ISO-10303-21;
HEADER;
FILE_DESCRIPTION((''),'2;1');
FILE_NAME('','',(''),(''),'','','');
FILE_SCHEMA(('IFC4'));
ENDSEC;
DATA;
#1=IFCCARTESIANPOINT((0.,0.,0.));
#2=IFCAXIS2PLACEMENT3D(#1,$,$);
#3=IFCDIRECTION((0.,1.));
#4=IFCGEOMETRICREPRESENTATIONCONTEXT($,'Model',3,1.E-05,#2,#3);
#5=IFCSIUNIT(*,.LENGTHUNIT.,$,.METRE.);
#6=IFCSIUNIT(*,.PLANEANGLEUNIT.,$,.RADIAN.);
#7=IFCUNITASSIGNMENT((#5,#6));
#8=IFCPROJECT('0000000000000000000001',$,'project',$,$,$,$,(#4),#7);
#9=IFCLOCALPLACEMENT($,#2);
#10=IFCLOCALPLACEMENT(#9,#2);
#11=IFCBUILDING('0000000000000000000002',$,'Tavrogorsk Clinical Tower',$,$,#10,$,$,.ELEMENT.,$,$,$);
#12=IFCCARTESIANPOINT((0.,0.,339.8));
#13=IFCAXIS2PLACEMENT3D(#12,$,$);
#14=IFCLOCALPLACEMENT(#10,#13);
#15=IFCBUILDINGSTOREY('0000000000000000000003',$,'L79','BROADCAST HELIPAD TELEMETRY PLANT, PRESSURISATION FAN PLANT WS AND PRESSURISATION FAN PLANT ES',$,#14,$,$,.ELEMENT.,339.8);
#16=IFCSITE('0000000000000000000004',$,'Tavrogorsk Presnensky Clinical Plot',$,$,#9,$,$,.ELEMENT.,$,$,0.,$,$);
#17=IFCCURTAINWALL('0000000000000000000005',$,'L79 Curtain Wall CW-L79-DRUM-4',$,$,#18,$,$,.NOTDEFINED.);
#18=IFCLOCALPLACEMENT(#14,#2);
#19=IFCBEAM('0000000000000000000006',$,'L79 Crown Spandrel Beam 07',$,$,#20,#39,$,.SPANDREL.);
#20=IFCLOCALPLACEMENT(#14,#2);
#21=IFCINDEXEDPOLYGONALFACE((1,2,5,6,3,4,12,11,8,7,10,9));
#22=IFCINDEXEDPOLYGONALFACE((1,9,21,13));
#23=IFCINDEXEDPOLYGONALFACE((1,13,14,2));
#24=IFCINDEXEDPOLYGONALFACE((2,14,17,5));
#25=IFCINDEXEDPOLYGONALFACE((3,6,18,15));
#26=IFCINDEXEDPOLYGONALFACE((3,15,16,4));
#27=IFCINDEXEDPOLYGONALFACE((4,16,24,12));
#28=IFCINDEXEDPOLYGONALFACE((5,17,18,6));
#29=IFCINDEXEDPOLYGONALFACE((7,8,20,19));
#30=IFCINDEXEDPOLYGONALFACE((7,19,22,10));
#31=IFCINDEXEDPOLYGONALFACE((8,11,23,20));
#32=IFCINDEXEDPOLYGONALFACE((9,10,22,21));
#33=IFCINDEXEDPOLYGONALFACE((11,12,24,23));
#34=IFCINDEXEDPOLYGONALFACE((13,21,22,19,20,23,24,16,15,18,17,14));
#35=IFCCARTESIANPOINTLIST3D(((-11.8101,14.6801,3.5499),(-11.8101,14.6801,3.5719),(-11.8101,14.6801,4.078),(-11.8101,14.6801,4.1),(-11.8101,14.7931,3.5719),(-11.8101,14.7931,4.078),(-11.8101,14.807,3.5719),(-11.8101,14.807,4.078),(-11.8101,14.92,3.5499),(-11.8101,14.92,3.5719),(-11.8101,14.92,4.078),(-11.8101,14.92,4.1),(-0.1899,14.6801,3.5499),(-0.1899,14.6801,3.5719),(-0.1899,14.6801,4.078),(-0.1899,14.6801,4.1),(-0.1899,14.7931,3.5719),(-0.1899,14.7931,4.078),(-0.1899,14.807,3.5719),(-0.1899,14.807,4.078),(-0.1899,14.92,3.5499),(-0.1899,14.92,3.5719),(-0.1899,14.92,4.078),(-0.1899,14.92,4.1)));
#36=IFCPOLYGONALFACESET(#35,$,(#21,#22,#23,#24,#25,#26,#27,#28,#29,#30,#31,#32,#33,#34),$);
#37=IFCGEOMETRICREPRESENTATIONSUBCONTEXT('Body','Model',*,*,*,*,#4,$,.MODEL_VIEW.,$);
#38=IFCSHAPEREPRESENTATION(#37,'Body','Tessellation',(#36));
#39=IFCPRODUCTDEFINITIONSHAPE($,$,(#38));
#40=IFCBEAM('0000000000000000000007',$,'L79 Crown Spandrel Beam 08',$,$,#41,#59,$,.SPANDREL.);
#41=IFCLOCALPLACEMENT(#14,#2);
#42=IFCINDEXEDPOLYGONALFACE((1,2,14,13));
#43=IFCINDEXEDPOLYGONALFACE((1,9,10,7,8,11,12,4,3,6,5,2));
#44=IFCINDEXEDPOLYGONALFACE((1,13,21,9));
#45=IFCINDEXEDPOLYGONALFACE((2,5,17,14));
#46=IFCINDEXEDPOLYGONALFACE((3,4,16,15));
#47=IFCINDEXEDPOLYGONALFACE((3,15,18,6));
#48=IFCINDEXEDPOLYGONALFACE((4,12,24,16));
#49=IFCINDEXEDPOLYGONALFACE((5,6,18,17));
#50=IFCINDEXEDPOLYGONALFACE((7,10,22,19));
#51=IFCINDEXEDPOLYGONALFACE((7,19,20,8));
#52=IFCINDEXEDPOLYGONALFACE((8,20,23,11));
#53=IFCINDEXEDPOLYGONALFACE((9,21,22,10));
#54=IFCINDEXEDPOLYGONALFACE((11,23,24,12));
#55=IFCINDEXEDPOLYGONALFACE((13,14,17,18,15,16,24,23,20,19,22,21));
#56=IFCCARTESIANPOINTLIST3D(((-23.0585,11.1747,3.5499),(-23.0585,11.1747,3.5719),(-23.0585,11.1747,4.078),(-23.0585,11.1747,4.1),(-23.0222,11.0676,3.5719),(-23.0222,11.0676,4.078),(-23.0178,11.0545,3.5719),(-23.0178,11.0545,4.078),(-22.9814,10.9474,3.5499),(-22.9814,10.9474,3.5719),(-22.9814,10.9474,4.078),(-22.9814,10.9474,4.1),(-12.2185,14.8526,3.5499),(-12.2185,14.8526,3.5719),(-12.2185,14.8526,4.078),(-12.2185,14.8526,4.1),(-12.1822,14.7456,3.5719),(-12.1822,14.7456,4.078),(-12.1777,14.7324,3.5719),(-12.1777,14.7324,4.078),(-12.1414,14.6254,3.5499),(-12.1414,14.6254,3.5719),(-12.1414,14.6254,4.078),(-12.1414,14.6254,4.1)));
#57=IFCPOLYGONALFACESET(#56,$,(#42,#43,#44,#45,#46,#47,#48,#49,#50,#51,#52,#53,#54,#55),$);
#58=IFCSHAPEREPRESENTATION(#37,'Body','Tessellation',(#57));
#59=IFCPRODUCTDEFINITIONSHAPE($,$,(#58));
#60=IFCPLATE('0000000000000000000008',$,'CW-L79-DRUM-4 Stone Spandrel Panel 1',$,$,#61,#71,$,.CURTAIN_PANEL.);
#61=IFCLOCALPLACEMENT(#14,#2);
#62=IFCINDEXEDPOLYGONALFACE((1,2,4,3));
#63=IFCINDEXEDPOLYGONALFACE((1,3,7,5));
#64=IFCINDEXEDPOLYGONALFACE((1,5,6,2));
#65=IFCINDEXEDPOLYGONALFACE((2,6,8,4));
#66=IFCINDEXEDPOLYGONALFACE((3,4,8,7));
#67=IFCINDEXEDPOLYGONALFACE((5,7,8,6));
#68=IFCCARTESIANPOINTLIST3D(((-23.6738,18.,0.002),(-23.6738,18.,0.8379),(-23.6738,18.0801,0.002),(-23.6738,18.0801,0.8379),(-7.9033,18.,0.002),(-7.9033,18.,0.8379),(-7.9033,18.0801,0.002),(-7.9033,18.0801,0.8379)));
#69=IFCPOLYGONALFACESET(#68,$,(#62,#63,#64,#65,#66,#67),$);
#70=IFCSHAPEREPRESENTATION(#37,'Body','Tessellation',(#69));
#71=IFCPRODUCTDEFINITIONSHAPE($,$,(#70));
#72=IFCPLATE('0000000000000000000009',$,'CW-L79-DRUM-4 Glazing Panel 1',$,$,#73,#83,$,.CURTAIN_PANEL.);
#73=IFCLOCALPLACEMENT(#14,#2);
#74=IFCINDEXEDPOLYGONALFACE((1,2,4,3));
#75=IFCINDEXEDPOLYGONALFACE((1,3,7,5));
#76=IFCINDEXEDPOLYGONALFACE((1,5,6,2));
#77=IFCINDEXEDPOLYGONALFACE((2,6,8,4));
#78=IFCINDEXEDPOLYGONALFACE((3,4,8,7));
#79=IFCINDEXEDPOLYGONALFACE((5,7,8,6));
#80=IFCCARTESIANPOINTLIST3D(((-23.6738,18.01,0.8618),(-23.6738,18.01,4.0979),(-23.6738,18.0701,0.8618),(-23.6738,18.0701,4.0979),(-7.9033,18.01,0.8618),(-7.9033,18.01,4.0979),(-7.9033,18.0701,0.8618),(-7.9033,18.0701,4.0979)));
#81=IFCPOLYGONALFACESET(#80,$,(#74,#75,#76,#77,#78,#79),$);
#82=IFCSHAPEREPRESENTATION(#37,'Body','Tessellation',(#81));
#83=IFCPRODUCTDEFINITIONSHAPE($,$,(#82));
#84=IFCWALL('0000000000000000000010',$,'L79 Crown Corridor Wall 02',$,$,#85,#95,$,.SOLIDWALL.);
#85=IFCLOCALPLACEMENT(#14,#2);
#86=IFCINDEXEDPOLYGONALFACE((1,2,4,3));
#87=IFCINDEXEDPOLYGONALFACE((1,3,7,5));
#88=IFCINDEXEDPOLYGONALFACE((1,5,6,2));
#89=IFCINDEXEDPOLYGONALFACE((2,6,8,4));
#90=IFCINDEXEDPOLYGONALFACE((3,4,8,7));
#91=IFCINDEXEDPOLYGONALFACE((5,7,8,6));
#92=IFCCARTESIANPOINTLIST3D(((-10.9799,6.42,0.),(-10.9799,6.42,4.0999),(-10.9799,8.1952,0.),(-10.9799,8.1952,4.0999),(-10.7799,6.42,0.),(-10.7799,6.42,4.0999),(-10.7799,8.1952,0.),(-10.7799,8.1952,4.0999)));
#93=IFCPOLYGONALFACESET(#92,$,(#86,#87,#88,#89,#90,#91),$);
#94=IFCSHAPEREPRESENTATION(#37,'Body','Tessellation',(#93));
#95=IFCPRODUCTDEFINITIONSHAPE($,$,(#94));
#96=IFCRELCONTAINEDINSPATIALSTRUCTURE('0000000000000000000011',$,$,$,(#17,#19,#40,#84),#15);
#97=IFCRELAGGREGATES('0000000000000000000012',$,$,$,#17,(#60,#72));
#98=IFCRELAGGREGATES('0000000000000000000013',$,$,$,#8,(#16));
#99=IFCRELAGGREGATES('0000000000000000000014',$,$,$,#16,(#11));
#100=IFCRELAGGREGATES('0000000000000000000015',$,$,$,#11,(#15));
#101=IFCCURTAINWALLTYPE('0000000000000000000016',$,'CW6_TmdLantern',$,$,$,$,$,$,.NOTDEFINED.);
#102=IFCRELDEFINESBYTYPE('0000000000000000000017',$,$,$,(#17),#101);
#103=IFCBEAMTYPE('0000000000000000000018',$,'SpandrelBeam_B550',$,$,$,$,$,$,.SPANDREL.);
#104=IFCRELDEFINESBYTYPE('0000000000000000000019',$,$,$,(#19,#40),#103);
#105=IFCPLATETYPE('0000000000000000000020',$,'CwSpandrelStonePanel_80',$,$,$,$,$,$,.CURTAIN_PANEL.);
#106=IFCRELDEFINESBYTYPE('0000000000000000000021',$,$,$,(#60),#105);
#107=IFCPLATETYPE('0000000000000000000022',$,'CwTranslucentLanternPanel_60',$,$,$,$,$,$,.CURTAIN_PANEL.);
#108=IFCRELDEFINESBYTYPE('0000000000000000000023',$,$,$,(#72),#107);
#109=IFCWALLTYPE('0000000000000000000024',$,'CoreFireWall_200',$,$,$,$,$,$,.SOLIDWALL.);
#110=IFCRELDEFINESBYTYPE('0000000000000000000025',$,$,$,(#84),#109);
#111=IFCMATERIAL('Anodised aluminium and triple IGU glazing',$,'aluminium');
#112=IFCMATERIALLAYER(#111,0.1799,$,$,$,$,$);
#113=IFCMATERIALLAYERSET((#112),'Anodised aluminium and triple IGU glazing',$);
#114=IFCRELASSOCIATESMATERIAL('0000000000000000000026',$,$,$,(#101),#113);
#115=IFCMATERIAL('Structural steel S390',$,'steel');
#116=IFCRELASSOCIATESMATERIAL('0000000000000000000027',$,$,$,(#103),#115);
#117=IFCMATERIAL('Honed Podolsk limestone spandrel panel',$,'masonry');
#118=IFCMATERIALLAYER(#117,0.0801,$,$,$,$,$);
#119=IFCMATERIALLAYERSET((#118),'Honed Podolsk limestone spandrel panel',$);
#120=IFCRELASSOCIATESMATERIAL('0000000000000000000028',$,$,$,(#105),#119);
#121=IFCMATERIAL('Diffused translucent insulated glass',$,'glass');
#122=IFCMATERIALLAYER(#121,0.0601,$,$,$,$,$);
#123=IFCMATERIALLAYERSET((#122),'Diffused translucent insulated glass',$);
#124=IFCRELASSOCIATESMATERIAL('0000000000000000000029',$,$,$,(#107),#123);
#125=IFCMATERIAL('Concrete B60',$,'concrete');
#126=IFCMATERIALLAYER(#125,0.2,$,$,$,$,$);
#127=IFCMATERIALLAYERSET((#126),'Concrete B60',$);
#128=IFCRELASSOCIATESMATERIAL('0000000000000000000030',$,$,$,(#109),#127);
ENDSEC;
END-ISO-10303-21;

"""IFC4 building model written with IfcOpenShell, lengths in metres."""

from ifc_helpers import new_model, si_unit, direction, frame, frame_2d, origin, origin_2d, place, context, subcontext, project, spatial, rectangle, i_section, extrude, material, layer, layer_set, material_profile, profile_set, type_object, element, aggregate, save


model = new_model("IFC4")

# Units and contexts
model_context = context("Model", 3, precision=1e-05, world=origin(), true_north=direction((0.0, 1.0)))
body_context = subcontext(model_context, "Body", "Model", "MODEL_VIEW")
ifc_project = project(units=[si_unit("LENGTHUNIT", "METRE"), si_unit("PLANEANGLEUNIT", "RADIAN")], contexts=[model_context])

# Site, building, storey
site_placement = place(None, origin())
site = spatial("IfcSite", under=ifc_project, at=site_placement, Name="Tavrogorsk Presnensky Clinical Plot", CompositionType="ELEMENT", RefElevation=0.0)
building_placement = place(site_placement, origin())
building = spatial("IfcBuilding", under=site, at=building_placement, Name="Tavrogorsk Clinical Tower", CompositionType="ELEMENT")
storey_placement = place(building_placement, frame((0.0, 0.0, 339.8)))
storey = spatial("IfcBuildingStorey", under=building, at=storey_placement, Name="L79", Description="BROADCAST HELIPAD TELEMETRY PLANT, PRESSURISATION FAN PLANT WS AND PRESSURISATION FAN PLANT ES", CompositionType="ELEMENT", Elevation=339.8)

# Curtain wall
ifc_material_1 = material(Name="Anodised aluminium and triple IGU glazing", Category="aluminium")
ifc_layer_1 = layer(ifc_material_1, 0.1799)
ifc_layer_set_1 = layer_set([ifc_layer_1], Name="Anodised aluminium and triple IGU glazing")
curtain_wall_type = type_object("IfcCurtainWallType", Name="CW6_TmdLantern", PredefinedType="NOTDEFINED", material=ifc_layer_set_1)
curtain_wall_placement = place(storey_placement, origin())
curtain_wall = element("IfcCurtainWall", 1, at=curtain_wall_placement, inside=storey, type_object=curtain_wall_type, Name="L79 Curtain Wall CW-L79-DRUM-4", PredefinedType="NOTDEFINED")

# Beams
ifc_material_2 = material(Name="Structural steel S390", Category="steel")
ifc_material_profile_1 = material_profile(ifc_material_2, i_section(OverallWidth=0.24, OverallDepth=0.55, WebThickness=0.0139, FlangeThickness=0.022, at=origin_2d()), Name="B-550x240x14x22")
ifc_profile_set_1 = profile_set([ifc_material_profile_1], Name="Structural steel S390")
beam_type_1 = type_object("IfcBeamType", Name="SpandrelBeam_B550", PredefinedType="SPANDREL", material=ifc_profile_set_1)
beam_1_placement = place(storey_placement, frame((-0.1899, 14.8, 3.825), z_axis=(-1.0, 0.0, 0.0), x_axis=(0.0, -1.0, 0.0)))
element("IfcBeam", 2, at=beam_1_placement, inside=storey, type_object=beam_type_1, Name="L79 Crown Spandrel Beam 07", PredefinedType="SPANDREL", context=body_context, shape_type="SweptSolid", body=[
    extrude(i_section(OverallWidth=0.24, OverallDepth=0.55, WebThickness=0.0139, FlangeThickness=0.022, at=origin_2d()), origin(), (0.0, 0.0, 1.0), 11.6201),
])
beam_2_placement = place(storey_placement, frame((-12.1799, 14.739, 3.825), z_axis=(-0.946976, -0.321304, 0.0), x_axis=(0.321304, -0.946976, 0.0)))
element("IfcBeam", 3, at=beam_2_placement, inside=storey, type_object=beam_type_1, Name="L79 Crown Spandrel Beam 08", PredefinedType="SPANDREL", context=body_context, shape_type="SweptSolid", body=[
    extrude(i_section(OverallWidth=0.24, OverallDepth=0.55, WebThickness=0.0139, FlangeThickness=0.022, at=origin_2d()), origin(), (0.0, 0.0, 1.0), 11.447),
])

# Plates
ifc_material_3 = material(Name="Honed Podolsk limestone spandrel panel", Category="masonry")
ifc_layer_2 = layer(ifc_material_3, 0.0801)
ifc_layer_set_2 = layer_set([ifc_layer_2], Name="Honed Podolsk limestone spandrel panel")
plate_type_1 = type_object("IfcPlateType", Name="CwSpandrelStonePanel_80", PredefinedType="CURTAIN_PANEL", material=ifc_layer_set_2)
plate_1_placement = place(storey_placement, frame((-15.7886, 18.04, 0.002), z_axis=(0.0, 0.0, 1.0), x_axis=(1.0, 0.0, 0.0)))
plate_1 = element("IfcPlate", 4, at=plate_1_placement, type_object=plate_type_1, Name="CW-L79-DRUM-4 Stone Spandrel Panel 1", PredefinedType="CURTAIN_PANEL", context=body_context, shape_type="SweptSolid", body=[
    extrude(rectangle(XDim=15.7705, YDim=0.0801, at=origin_2d()), origin(), (0.0, 0.0, 1.0), 0.8359),
])
ifc_material_4 = material(Name="Diffused translucent insulated glass", Category="glass")
ifc_layer_3 = layer(ifc_material_4, 0.0601)
ifc_layer_set_3 = layer_set([ifc_layer_3], Name="Diffused translucent insulated glass")
plate_type_2 = type_object("IfcPlateType", Name="CwTranslucentLanternPanel_60", PredefinedType="CURTAIN_PANEL", material=ifc_layer_set_3)
plate_2_placement = place(storey_placement, frame((-15.7886, 18.04, 0.8618), z_axis=(0.0, 0.0, 1.0), x_axis=(1.0, 0.0, 0.0)))
plate_2 = element("IfcPlate", 5, at=plate_2_placement, type_object=plate_type_2, Name="CW-L79-DRUM-4 Glazing Panel 1", PredefinedType="CURTAIN_PANEL", context=body_context, shape_type="SweptSolid", body=[
    extrude(rectangle(XDim=15.7705, YDim=0.0601, at=origin_2d()), origin(), (0.0, 0.0, 1.0), 3.2361),
])
aggregate(curtain_wall, [plate_1, plate_2])

# Wall
ifc_material_5 = material(Name="Concrete B60", Category="concrete")
ifc_layer_4 = layer(ifc_material_5, 0.2)
ifc_layer_set_4 = layer_set([ifc_layer_4], Name="Concrete B60")
wall_type_1 = type_object("IfcWallType", Name="CoreFireWall_200", PredefinedType="SOLIDWALL", material=ifc_layer_set_4)
wall_1_placement = place(storey_placement, frame((-10.8799, 6.4199, 0.0), z_axis=(0.0, 0.0, 1.0), x_axis=(0.0, 1.0, 0.0)))
element("IfcWall", 6, at=wall_1_placement, inside=storey, type_object=wall_type_1, Name="L79 Crown Corridor Wall 02", PredefinedType="SOLIDWALL", context=body_context, shape_type="SweptSolid", body=[
    extrude(rectangle(XDim=1.7751, YDim=0.2, at=frame_2d((0.8877, 0.0))), origin(), (0.0, 0.0, 1.0), 4.0999),
])

save(model, "model.ifc")
